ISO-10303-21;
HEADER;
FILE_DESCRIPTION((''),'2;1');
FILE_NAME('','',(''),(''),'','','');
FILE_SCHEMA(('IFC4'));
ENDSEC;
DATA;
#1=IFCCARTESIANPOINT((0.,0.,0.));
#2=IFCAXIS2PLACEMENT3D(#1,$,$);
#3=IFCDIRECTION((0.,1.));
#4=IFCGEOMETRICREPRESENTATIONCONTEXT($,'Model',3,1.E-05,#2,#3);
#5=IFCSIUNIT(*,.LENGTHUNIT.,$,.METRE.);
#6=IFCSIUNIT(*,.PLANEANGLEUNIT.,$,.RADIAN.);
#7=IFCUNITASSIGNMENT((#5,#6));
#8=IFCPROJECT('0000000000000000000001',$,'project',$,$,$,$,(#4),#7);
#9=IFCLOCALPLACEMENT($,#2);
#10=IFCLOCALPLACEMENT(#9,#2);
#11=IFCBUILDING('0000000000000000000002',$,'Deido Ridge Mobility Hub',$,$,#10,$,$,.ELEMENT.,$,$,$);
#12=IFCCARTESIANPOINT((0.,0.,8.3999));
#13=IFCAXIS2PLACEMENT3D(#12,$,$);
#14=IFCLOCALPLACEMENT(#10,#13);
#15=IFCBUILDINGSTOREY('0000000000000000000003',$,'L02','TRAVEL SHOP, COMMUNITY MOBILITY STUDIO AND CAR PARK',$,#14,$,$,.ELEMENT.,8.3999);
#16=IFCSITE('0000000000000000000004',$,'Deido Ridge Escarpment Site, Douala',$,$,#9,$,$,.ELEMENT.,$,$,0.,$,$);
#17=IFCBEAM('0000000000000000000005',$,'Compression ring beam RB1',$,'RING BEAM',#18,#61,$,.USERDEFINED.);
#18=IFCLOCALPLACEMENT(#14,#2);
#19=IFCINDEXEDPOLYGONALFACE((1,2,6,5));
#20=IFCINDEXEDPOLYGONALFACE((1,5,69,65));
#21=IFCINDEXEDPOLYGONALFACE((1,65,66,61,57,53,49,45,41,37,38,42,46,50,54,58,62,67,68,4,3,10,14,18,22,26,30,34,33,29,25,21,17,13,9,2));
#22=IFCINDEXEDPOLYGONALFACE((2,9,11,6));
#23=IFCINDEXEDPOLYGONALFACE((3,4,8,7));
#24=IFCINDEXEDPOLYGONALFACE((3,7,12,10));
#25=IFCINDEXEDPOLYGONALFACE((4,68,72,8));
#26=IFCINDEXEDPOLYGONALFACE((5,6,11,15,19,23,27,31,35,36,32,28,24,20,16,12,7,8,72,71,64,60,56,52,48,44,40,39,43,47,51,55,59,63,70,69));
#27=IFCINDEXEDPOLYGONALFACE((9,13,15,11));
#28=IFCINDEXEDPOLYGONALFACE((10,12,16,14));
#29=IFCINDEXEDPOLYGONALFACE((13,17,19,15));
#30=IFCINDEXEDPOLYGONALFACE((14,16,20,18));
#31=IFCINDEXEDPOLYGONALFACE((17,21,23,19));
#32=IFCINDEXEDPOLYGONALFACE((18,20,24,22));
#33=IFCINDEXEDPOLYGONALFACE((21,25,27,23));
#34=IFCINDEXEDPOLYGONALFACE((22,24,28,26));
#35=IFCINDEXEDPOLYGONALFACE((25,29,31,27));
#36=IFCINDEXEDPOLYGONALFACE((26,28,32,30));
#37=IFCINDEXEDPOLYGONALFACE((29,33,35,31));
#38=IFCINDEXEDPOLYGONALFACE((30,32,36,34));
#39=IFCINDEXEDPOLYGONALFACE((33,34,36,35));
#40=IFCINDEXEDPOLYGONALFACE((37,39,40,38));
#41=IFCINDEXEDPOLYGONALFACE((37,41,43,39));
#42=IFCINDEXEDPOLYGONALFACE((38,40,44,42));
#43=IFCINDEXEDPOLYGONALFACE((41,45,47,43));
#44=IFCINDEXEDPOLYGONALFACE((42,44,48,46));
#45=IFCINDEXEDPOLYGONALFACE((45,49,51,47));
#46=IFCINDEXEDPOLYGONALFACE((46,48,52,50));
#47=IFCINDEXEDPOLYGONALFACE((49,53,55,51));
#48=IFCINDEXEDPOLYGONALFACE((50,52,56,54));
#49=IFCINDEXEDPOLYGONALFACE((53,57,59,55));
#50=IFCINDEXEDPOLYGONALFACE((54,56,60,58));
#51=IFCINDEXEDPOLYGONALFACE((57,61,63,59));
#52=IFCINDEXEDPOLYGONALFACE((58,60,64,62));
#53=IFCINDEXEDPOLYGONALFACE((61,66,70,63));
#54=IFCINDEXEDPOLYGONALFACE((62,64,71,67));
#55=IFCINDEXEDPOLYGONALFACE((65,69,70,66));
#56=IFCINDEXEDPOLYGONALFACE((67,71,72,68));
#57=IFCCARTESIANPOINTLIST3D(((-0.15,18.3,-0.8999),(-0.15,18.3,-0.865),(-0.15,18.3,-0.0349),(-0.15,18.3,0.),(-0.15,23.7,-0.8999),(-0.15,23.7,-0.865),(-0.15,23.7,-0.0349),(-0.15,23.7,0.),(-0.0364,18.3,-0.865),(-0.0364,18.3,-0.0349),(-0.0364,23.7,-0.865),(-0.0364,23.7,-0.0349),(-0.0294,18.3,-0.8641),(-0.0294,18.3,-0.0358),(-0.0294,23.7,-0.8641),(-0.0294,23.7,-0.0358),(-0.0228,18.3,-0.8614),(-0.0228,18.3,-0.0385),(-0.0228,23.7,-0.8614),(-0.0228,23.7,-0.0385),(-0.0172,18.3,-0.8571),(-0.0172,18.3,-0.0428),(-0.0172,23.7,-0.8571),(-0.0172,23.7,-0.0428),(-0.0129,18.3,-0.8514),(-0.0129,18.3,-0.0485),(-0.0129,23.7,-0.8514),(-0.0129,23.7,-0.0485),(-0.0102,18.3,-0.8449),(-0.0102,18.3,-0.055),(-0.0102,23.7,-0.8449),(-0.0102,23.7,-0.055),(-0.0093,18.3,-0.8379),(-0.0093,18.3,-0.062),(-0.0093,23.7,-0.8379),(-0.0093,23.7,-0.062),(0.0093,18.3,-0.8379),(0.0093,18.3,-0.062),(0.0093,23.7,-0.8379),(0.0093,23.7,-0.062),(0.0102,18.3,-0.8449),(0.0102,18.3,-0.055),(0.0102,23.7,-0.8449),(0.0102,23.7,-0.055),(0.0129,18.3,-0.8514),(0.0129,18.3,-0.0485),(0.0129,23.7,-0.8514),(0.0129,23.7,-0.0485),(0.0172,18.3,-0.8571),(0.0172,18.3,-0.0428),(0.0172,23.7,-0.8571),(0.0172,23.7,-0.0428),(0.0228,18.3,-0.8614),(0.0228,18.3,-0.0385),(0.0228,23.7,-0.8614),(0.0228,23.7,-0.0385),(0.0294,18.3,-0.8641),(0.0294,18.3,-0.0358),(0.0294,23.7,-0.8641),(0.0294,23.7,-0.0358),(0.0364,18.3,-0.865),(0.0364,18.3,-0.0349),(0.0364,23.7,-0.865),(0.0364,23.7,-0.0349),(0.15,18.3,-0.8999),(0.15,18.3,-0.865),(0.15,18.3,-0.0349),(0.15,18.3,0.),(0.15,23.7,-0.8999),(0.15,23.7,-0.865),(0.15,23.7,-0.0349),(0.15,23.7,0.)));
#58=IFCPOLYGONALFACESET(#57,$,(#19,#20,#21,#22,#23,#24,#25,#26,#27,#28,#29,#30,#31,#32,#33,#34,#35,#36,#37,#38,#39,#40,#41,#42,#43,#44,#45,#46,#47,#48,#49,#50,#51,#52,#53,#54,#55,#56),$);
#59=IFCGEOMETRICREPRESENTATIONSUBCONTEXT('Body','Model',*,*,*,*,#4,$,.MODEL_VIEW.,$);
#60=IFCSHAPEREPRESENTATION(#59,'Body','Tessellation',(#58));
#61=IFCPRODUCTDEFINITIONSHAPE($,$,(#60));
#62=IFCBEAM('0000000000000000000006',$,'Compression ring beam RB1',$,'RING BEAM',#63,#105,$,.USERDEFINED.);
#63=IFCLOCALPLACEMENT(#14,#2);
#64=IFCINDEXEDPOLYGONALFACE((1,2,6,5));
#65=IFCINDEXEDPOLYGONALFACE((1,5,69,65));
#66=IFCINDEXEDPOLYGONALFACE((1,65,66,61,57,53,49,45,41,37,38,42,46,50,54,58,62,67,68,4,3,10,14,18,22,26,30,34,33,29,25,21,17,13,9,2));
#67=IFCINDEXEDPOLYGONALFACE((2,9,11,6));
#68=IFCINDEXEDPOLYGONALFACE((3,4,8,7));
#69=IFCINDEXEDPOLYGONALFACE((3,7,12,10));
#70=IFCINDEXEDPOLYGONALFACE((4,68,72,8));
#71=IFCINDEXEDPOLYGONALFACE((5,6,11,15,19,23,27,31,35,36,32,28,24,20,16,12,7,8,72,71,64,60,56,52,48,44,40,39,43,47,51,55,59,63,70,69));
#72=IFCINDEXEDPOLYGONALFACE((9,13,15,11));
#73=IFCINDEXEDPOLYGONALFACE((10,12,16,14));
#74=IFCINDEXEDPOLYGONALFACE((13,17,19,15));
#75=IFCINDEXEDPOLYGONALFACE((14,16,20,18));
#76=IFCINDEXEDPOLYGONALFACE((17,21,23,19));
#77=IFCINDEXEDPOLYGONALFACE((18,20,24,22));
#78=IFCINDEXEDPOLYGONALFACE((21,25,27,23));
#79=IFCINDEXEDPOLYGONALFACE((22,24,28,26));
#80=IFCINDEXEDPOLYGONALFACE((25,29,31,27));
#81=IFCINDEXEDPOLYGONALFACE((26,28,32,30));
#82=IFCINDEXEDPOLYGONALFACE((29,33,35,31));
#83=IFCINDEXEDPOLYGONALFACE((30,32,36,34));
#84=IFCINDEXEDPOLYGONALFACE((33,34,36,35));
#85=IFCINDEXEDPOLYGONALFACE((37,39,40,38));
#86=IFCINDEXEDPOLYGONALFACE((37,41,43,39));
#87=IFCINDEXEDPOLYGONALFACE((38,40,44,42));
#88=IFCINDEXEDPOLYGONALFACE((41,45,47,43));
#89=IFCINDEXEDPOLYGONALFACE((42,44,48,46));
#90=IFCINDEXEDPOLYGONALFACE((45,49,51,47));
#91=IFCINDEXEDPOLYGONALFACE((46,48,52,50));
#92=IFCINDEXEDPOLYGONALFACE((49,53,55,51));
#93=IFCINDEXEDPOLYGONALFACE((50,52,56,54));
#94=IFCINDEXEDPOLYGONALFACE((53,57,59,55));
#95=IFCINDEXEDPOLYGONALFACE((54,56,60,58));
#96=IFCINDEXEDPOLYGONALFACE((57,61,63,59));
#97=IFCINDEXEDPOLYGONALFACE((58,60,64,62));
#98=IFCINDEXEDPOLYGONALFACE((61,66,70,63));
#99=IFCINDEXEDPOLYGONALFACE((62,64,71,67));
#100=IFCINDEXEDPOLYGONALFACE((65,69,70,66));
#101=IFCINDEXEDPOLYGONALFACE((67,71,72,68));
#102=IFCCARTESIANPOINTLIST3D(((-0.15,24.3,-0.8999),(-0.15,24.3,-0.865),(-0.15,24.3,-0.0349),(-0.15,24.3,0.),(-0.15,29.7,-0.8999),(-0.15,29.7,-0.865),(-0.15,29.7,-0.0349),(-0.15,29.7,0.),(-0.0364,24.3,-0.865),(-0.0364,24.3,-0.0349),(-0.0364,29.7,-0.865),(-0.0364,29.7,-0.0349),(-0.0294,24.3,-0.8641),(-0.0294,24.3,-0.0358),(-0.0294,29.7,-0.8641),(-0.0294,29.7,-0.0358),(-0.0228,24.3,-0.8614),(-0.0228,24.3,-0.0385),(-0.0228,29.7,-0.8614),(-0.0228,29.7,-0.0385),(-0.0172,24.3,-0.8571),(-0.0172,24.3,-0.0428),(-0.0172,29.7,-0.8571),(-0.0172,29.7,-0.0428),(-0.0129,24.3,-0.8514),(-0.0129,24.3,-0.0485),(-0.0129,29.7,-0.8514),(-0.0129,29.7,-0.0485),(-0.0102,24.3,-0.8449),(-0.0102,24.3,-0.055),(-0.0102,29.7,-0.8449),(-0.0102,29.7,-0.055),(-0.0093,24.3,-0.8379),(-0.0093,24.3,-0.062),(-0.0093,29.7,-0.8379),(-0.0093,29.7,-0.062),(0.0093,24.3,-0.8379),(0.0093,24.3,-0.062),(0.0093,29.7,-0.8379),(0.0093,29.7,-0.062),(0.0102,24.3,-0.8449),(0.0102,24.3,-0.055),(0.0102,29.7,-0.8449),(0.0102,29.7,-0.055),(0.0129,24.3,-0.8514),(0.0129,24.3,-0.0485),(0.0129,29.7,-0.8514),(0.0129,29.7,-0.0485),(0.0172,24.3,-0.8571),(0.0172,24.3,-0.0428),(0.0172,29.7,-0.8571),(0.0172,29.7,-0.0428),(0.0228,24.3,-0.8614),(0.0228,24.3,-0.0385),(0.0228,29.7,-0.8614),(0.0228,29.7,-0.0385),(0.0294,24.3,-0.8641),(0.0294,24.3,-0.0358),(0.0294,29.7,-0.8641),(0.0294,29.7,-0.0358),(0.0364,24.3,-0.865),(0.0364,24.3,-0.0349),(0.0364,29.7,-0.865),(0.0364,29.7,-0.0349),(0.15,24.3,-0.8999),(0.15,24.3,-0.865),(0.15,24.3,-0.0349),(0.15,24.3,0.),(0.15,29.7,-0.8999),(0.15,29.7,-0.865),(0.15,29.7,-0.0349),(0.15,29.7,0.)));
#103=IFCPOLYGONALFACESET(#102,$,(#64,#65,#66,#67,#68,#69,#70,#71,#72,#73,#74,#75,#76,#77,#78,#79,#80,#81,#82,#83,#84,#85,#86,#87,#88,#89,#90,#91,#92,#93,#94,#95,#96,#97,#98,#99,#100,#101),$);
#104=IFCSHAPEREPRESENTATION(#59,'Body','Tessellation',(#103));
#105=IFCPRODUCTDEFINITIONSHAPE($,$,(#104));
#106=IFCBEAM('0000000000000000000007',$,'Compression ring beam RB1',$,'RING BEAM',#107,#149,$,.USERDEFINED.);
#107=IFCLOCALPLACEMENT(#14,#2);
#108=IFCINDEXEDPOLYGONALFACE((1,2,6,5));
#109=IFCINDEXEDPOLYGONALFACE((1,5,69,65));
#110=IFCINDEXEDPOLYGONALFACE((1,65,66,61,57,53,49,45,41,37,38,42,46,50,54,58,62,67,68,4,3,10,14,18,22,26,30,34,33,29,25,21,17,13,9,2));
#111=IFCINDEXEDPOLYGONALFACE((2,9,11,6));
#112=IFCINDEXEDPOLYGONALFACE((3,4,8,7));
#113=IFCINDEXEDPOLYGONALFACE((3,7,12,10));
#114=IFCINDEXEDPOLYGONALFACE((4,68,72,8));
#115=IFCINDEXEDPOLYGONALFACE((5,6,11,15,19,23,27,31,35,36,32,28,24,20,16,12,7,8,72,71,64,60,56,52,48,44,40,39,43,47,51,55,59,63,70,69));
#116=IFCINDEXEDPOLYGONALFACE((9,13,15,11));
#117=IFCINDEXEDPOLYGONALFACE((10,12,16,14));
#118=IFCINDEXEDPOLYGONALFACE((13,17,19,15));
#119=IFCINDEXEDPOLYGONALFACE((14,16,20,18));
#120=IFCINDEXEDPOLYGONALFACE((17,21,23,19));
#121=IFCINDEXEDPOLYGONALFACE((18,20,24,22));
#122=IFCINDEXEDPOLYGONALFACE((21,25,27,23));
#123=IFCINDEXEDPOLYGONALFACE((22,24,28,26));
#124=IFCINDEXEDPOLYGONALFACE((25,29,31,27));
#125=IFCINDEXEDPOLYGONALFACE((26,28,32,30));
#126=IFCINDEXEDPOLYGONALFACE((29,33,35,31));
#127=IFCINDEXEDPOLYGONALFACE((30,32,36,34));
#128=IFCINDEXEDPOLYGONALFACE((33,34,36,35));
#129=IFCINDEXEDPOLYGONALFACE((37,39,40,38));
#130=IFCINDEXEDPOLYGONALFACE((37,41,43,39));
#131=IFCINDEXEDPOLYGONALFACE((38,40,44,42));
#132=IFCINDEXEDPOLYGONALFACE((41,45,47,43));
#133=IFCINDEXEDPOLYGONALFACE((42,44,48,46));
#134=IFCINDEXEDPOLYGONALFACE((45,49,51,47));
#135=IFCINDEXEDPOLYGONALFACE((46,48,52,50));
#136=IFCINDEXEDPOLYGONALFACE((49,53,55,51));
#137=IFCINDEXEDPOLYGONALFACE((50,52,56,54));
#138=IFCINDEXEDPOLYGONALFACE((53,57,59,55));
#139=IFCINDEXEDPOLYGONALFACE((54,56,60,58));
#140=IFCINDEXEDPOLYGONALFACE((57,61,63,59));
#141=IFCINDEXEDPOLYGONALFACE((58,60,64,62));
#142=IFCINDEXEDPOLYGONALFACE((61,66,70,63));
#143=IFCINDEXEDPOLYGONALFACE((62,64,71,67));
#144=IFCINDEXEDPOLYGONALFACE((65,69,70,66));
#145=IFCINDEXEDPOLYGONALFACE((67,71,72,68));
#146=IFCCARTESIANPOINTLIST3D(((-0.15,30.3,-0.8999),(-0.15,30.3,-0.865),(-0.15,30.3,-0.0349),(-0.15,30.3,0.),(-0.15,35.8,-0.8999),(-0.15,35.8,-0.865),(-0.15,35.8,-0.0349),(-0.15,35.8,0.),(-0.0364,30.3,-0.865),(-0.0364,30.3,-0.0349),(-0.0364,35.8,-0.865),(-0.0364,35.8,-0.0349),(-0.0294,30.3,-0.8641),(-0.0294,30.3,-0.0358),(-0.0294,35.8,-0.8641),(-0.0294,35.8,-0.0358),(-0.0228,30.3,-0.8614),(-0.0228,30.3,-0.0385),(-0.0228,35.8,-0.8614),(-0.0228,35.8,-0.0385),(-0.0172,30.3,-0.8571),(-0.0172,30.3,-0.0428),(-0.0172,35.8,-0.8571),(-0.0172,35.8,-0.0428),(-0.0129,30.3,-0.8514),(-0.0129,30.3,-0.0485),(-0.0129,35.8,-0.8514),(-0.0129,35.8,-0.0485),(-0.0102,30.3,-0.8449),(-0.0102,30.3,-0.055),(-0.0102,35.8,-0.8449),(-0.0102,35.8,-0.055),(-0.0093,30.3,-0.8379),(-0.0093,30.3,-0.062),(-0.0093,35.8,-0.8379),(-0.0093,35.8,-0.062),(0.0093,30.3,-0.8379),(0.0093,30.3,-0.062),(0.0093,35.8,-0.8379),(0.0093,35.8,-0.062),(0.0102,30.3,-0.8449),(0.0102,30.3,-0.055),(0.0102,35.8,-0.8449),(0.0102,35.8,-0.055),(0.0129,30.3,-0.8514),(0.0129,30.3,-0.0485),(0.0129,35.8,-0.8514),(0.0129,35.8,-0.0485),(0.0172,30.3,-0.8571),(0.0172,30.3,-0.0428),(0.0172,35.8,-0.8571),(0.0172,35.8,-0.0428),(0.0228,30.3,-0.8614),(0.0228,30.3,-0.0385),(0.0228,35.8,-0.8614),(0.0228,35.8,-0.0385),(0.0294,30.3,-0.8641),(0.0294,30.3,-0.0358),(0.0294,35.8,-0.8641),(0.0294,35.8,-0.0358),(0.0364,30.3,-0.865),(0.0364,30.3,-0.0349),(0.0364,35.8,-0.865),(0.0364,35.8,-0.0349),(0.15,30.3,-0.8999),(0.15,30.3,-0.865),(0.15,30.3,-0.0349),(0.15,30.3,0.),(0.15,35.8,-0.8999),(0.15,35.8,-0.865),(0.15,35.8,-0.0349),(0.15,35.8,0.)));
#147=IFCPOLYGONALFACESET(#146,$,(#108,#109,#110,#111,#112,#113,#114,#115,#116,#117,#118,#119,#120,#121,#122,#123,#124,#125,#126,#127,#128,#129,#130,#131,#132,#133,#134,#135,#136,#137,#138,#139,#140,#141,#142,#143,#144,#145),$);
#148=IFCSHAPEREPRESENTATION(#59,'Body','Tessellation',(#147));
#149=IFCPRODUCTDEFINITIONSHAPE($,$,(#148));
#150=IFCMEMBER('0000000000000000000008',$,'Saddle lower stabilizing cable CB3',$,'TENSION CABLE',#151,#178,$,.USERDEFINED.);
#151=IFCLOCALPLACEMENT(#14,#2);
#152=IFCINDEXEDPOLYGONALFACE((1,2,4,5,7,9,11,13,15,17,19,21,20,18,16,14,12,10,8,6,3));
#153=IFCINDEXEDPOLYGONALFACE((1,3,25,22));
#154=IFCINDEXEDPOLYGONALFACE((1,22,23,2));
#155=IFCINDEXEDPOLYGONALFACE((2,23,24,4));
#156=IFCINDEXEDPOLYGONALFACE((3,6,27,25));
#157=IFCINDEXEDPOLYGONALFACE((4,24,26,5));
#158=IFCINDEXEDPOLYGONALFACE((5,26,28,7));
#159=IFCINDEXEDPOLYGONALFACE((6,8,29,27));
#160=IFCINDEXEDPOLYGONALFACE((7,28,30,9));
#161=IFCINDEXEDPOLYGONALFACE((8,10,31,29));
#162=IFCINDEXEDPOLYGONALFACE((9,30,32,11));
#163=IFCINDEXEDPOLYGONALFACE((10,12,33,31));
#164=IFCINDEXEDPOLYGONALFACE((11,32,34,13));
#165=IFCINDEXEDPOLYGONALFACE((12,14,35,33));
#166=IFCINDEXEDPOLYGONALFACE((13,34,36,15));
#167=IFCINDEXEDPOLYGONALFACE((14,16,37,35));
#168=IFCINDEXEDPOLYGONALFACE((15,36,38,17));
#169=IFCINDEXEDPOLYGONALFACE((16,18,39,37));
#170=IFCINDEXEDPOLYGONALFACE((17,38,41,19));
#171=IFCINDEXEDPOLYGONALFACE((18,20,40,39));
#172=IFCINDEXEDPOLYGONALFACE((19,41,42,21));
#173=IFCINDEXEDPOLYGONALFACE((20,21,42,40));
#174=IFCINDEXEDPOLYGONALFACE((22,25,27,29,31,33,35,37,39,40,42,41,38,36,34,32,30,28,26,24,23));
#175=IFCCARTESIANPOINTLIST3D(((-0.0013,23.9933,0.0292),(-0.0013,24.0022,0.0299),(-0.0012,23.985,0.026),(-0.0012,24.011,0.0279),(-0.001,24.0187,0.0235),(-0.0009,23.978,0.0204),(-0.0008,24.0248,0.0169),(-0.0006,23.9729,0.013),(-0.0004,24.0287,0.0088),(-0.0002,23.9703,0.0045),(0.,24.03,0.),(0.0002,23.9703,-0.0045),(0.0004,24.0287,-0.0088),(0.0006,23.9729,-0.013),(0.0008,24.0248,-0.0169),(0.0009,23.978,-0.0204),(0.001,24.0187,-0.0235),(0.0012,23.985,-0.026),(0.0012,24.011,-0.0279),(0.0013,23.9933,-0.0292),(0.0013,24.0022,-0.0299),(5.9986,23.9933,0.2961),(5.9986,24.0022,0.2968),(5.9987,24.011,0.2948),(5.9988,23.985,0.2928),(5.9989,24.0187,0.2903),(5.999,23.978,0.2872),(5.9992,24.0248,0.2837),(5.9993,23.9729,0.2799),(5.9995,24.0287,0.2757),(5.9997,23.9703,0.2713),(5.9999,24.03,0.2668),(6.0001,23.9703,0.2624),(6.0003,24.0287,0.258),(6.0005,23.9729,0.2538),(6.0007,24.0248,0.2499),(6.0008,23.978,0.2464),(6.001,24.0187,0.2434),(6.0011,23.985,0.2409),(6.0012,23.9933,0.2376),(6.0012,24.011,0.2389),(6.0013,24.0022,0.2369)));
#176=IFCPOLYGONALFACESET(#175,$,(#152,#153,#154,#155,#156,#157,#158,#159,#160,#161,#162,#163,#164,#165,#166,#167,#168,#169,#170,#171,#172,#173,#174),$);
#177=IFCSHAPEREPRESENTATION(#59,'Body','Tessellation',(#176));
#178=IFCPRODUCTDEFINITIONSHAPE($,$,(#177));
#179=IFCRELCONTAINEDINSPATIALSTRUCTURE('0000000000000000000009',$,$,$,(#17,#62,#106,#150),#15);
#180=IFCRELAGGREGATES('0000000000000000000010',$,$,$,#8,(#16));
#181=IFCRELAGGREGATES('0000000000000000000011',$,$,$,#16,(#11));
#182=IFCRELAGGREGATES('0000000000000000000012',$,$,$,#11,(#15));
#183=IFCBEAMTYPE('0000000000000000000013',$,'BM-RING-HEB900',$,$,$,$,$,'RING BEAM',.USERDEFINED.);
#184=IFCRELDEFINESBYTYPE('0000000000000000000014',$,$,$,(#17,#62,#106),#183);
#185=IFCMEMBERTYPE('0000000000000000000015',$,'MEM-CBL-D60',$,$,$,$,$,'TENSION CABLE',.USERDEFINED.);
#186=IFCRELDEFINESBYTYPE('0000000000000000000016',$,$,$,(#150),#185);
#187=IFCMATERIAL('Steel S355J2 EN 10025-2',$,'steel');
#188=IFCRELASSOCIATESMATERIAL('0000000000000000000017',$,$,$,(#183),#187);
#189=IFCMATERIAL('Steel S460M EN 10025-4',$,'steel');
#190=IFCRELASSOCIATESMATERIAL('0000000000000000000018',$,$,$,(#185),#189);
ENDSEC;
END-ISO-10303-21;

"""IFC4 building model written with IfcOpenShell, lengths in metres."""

from ifc_helpers import new_model, si_unit, direction, frame, origin, origin_2d, place, context, subcontext, project, spatial, circle, i_section, extrude, material, material_profile, profile_set, type_object, element, save


model = new_model("IFC4")

# Units and contexts
model_context = context("Model", 3, precision=1e-05, world=origin(), true_north=direction((0.0, 1.0)))
body_context = subcontext(model_context, "Body", "Model", "MODEL_VIEW")
ifc_project = project(units=[si_unit("LENGTHUNIT", "METRE"), si_unit("PLANEANGLEUNIT", "RADIAN")], contexts=[model_context])

# Site, building, storey
site_placement = place(None, origin())
site = spatial("IfcSite", under=ifc_project, at=site_placement, Name="Deido Ridge Escarpment Site, Douala", CompositionType="ELEMENT", RefElevation=0.0)
building_placement = place(site_placement, origin())
building = spatial("IfcBuilding", under=site, at=building_placement, Name="Deido Ridge Mobility Hub", CompositionType="ELEMENT")
storey_placement = place(building_placement, frame((0.0, 0.0, 8.3999)))
storey = spatial("IfcBuildingStorey", under=building, at=storey_placement, Name="L02", Description="TRAVEL SHOP, COMMUNITY MOBILITY STUDIO AND CAR PARK", CompositionType="ELEMENT", Elevation=8.3999)

# Beams
ifc_material_1 = material(Name="Steel S355J2 EN 10025-2", Category="steel")
ifc_material_profile_1 = material_profile(ifc_material_1, i_section(OverallWidth=0.3, OverallDepth=0.8999, WebThickness=0.0186, FlangeThickness=0.0349, FilletRadius=0.0271, at=origin_2d()), Name="HEB 900")
ifc_profile_set_1 = profile_set([ifc_material_profile_1], Name="Steel S355J2 EN 10025-2")
beam_type_1 = type_object("IfcBeamType", Name="BM-RING-HEB900", ElementType="RING BEAM", PredefinedType="USERDEFINED", material=ifc_profile_set_1)
for number, where, z_axis, x_axis, name in (
    (1, (0.0, 18.3, -0.45), (0.0, 1.0, 0.0), (-1.0, 0.0, 0.0), "Compression ring beam RB1"),
    (2, (0.0, 24.3, -0.45), (0.0, 1.0, 0.0), (-1.0, 0.0, 0.0), "Compression ring beam RB1"),
):
    element("IfcBeam", number, at=place(storey_placement, frame(where, z_axis=z_axis, x_axis=x_axis)), inside=storey, type_object=beam_type_1, Name=name, ObjectType="RING BEAM", PredefinedType="USERDEFINED", context=body_context, shape_type="SweptSolid", body=[
        extrude(i_section(OverallWidth=0.3, OverallDepth=0.8999, WebThickness=0.0186, FlangeThickness=0.0349, FilletRadius=0.0271, at=origin_2d()), origin(), (0.0, 0.0, 1.0), 5.3999),
    ])
beam_1_placement = place(storey_placement, frame((0.0, 30.3, -0.45), z_axis=(0.0, 1.0, 0.0), x_axis=(-1.0, 0.0, 0.0)))
element("IfcBeam", 3, at=beam_1_placement, inside=storey, type_object=beam_type_1, Name="Compression ring beam RB1", ObjectType="RING BEAM", PredefinedType="USERDEFINED", context=body_context, shape_type="SweptSolid", body=[
    extrude(i_section(OverallWidth=0.3, OverallDepth=0.8999, WebThickness=0.0186, FlangeThickness=0.0349, FilletRadius=0.0271, at=origin_2d()), origin(), (0.0, 0.0, 1.0), 5.5),
])

# Member
ifc_material_2 = material(Name="Steel S460M EN 10025-4", Category="steel")
ifc_material_profile_2 = material_profile(ifc_material_2, circle(Radius=0.03, at=origin_2d()), Name="CABLE D60")
ifc_profile_set_2 = profile_set([ifc_material_profile_2], Name="Steel S460M EN 10025-4")
member_type_1 = type_object("IfcMemberType", Name="MEM-CBL-D60", ElementType="TENSION CABLE", PredefinedType="USERDEFINED", material=ifc_profile_set_2)
member_1_placement = place(storey_placement, frame((0.0, 24.0, 0.0), z_axis=(0.999012, 0.0, 0.04443), x_axis=(0.0, 1.0, 0.0)))
element("IfcMember", 4, at=member_1_placement, inside=storey, type_object=member_type_1, Name="Saddle lower stabilizing cable CB3", ObjectType="TENSION CABLE", PredefinedType="USERDEFINED", context=body_context, shape_type="SweptSolid", body=[
    extrude(circle(Radius=0.03, at=origin_2d()), origin(), (0.0, 0.0, 1.0), 6.0059),
])

save(model, "model.ifc")
